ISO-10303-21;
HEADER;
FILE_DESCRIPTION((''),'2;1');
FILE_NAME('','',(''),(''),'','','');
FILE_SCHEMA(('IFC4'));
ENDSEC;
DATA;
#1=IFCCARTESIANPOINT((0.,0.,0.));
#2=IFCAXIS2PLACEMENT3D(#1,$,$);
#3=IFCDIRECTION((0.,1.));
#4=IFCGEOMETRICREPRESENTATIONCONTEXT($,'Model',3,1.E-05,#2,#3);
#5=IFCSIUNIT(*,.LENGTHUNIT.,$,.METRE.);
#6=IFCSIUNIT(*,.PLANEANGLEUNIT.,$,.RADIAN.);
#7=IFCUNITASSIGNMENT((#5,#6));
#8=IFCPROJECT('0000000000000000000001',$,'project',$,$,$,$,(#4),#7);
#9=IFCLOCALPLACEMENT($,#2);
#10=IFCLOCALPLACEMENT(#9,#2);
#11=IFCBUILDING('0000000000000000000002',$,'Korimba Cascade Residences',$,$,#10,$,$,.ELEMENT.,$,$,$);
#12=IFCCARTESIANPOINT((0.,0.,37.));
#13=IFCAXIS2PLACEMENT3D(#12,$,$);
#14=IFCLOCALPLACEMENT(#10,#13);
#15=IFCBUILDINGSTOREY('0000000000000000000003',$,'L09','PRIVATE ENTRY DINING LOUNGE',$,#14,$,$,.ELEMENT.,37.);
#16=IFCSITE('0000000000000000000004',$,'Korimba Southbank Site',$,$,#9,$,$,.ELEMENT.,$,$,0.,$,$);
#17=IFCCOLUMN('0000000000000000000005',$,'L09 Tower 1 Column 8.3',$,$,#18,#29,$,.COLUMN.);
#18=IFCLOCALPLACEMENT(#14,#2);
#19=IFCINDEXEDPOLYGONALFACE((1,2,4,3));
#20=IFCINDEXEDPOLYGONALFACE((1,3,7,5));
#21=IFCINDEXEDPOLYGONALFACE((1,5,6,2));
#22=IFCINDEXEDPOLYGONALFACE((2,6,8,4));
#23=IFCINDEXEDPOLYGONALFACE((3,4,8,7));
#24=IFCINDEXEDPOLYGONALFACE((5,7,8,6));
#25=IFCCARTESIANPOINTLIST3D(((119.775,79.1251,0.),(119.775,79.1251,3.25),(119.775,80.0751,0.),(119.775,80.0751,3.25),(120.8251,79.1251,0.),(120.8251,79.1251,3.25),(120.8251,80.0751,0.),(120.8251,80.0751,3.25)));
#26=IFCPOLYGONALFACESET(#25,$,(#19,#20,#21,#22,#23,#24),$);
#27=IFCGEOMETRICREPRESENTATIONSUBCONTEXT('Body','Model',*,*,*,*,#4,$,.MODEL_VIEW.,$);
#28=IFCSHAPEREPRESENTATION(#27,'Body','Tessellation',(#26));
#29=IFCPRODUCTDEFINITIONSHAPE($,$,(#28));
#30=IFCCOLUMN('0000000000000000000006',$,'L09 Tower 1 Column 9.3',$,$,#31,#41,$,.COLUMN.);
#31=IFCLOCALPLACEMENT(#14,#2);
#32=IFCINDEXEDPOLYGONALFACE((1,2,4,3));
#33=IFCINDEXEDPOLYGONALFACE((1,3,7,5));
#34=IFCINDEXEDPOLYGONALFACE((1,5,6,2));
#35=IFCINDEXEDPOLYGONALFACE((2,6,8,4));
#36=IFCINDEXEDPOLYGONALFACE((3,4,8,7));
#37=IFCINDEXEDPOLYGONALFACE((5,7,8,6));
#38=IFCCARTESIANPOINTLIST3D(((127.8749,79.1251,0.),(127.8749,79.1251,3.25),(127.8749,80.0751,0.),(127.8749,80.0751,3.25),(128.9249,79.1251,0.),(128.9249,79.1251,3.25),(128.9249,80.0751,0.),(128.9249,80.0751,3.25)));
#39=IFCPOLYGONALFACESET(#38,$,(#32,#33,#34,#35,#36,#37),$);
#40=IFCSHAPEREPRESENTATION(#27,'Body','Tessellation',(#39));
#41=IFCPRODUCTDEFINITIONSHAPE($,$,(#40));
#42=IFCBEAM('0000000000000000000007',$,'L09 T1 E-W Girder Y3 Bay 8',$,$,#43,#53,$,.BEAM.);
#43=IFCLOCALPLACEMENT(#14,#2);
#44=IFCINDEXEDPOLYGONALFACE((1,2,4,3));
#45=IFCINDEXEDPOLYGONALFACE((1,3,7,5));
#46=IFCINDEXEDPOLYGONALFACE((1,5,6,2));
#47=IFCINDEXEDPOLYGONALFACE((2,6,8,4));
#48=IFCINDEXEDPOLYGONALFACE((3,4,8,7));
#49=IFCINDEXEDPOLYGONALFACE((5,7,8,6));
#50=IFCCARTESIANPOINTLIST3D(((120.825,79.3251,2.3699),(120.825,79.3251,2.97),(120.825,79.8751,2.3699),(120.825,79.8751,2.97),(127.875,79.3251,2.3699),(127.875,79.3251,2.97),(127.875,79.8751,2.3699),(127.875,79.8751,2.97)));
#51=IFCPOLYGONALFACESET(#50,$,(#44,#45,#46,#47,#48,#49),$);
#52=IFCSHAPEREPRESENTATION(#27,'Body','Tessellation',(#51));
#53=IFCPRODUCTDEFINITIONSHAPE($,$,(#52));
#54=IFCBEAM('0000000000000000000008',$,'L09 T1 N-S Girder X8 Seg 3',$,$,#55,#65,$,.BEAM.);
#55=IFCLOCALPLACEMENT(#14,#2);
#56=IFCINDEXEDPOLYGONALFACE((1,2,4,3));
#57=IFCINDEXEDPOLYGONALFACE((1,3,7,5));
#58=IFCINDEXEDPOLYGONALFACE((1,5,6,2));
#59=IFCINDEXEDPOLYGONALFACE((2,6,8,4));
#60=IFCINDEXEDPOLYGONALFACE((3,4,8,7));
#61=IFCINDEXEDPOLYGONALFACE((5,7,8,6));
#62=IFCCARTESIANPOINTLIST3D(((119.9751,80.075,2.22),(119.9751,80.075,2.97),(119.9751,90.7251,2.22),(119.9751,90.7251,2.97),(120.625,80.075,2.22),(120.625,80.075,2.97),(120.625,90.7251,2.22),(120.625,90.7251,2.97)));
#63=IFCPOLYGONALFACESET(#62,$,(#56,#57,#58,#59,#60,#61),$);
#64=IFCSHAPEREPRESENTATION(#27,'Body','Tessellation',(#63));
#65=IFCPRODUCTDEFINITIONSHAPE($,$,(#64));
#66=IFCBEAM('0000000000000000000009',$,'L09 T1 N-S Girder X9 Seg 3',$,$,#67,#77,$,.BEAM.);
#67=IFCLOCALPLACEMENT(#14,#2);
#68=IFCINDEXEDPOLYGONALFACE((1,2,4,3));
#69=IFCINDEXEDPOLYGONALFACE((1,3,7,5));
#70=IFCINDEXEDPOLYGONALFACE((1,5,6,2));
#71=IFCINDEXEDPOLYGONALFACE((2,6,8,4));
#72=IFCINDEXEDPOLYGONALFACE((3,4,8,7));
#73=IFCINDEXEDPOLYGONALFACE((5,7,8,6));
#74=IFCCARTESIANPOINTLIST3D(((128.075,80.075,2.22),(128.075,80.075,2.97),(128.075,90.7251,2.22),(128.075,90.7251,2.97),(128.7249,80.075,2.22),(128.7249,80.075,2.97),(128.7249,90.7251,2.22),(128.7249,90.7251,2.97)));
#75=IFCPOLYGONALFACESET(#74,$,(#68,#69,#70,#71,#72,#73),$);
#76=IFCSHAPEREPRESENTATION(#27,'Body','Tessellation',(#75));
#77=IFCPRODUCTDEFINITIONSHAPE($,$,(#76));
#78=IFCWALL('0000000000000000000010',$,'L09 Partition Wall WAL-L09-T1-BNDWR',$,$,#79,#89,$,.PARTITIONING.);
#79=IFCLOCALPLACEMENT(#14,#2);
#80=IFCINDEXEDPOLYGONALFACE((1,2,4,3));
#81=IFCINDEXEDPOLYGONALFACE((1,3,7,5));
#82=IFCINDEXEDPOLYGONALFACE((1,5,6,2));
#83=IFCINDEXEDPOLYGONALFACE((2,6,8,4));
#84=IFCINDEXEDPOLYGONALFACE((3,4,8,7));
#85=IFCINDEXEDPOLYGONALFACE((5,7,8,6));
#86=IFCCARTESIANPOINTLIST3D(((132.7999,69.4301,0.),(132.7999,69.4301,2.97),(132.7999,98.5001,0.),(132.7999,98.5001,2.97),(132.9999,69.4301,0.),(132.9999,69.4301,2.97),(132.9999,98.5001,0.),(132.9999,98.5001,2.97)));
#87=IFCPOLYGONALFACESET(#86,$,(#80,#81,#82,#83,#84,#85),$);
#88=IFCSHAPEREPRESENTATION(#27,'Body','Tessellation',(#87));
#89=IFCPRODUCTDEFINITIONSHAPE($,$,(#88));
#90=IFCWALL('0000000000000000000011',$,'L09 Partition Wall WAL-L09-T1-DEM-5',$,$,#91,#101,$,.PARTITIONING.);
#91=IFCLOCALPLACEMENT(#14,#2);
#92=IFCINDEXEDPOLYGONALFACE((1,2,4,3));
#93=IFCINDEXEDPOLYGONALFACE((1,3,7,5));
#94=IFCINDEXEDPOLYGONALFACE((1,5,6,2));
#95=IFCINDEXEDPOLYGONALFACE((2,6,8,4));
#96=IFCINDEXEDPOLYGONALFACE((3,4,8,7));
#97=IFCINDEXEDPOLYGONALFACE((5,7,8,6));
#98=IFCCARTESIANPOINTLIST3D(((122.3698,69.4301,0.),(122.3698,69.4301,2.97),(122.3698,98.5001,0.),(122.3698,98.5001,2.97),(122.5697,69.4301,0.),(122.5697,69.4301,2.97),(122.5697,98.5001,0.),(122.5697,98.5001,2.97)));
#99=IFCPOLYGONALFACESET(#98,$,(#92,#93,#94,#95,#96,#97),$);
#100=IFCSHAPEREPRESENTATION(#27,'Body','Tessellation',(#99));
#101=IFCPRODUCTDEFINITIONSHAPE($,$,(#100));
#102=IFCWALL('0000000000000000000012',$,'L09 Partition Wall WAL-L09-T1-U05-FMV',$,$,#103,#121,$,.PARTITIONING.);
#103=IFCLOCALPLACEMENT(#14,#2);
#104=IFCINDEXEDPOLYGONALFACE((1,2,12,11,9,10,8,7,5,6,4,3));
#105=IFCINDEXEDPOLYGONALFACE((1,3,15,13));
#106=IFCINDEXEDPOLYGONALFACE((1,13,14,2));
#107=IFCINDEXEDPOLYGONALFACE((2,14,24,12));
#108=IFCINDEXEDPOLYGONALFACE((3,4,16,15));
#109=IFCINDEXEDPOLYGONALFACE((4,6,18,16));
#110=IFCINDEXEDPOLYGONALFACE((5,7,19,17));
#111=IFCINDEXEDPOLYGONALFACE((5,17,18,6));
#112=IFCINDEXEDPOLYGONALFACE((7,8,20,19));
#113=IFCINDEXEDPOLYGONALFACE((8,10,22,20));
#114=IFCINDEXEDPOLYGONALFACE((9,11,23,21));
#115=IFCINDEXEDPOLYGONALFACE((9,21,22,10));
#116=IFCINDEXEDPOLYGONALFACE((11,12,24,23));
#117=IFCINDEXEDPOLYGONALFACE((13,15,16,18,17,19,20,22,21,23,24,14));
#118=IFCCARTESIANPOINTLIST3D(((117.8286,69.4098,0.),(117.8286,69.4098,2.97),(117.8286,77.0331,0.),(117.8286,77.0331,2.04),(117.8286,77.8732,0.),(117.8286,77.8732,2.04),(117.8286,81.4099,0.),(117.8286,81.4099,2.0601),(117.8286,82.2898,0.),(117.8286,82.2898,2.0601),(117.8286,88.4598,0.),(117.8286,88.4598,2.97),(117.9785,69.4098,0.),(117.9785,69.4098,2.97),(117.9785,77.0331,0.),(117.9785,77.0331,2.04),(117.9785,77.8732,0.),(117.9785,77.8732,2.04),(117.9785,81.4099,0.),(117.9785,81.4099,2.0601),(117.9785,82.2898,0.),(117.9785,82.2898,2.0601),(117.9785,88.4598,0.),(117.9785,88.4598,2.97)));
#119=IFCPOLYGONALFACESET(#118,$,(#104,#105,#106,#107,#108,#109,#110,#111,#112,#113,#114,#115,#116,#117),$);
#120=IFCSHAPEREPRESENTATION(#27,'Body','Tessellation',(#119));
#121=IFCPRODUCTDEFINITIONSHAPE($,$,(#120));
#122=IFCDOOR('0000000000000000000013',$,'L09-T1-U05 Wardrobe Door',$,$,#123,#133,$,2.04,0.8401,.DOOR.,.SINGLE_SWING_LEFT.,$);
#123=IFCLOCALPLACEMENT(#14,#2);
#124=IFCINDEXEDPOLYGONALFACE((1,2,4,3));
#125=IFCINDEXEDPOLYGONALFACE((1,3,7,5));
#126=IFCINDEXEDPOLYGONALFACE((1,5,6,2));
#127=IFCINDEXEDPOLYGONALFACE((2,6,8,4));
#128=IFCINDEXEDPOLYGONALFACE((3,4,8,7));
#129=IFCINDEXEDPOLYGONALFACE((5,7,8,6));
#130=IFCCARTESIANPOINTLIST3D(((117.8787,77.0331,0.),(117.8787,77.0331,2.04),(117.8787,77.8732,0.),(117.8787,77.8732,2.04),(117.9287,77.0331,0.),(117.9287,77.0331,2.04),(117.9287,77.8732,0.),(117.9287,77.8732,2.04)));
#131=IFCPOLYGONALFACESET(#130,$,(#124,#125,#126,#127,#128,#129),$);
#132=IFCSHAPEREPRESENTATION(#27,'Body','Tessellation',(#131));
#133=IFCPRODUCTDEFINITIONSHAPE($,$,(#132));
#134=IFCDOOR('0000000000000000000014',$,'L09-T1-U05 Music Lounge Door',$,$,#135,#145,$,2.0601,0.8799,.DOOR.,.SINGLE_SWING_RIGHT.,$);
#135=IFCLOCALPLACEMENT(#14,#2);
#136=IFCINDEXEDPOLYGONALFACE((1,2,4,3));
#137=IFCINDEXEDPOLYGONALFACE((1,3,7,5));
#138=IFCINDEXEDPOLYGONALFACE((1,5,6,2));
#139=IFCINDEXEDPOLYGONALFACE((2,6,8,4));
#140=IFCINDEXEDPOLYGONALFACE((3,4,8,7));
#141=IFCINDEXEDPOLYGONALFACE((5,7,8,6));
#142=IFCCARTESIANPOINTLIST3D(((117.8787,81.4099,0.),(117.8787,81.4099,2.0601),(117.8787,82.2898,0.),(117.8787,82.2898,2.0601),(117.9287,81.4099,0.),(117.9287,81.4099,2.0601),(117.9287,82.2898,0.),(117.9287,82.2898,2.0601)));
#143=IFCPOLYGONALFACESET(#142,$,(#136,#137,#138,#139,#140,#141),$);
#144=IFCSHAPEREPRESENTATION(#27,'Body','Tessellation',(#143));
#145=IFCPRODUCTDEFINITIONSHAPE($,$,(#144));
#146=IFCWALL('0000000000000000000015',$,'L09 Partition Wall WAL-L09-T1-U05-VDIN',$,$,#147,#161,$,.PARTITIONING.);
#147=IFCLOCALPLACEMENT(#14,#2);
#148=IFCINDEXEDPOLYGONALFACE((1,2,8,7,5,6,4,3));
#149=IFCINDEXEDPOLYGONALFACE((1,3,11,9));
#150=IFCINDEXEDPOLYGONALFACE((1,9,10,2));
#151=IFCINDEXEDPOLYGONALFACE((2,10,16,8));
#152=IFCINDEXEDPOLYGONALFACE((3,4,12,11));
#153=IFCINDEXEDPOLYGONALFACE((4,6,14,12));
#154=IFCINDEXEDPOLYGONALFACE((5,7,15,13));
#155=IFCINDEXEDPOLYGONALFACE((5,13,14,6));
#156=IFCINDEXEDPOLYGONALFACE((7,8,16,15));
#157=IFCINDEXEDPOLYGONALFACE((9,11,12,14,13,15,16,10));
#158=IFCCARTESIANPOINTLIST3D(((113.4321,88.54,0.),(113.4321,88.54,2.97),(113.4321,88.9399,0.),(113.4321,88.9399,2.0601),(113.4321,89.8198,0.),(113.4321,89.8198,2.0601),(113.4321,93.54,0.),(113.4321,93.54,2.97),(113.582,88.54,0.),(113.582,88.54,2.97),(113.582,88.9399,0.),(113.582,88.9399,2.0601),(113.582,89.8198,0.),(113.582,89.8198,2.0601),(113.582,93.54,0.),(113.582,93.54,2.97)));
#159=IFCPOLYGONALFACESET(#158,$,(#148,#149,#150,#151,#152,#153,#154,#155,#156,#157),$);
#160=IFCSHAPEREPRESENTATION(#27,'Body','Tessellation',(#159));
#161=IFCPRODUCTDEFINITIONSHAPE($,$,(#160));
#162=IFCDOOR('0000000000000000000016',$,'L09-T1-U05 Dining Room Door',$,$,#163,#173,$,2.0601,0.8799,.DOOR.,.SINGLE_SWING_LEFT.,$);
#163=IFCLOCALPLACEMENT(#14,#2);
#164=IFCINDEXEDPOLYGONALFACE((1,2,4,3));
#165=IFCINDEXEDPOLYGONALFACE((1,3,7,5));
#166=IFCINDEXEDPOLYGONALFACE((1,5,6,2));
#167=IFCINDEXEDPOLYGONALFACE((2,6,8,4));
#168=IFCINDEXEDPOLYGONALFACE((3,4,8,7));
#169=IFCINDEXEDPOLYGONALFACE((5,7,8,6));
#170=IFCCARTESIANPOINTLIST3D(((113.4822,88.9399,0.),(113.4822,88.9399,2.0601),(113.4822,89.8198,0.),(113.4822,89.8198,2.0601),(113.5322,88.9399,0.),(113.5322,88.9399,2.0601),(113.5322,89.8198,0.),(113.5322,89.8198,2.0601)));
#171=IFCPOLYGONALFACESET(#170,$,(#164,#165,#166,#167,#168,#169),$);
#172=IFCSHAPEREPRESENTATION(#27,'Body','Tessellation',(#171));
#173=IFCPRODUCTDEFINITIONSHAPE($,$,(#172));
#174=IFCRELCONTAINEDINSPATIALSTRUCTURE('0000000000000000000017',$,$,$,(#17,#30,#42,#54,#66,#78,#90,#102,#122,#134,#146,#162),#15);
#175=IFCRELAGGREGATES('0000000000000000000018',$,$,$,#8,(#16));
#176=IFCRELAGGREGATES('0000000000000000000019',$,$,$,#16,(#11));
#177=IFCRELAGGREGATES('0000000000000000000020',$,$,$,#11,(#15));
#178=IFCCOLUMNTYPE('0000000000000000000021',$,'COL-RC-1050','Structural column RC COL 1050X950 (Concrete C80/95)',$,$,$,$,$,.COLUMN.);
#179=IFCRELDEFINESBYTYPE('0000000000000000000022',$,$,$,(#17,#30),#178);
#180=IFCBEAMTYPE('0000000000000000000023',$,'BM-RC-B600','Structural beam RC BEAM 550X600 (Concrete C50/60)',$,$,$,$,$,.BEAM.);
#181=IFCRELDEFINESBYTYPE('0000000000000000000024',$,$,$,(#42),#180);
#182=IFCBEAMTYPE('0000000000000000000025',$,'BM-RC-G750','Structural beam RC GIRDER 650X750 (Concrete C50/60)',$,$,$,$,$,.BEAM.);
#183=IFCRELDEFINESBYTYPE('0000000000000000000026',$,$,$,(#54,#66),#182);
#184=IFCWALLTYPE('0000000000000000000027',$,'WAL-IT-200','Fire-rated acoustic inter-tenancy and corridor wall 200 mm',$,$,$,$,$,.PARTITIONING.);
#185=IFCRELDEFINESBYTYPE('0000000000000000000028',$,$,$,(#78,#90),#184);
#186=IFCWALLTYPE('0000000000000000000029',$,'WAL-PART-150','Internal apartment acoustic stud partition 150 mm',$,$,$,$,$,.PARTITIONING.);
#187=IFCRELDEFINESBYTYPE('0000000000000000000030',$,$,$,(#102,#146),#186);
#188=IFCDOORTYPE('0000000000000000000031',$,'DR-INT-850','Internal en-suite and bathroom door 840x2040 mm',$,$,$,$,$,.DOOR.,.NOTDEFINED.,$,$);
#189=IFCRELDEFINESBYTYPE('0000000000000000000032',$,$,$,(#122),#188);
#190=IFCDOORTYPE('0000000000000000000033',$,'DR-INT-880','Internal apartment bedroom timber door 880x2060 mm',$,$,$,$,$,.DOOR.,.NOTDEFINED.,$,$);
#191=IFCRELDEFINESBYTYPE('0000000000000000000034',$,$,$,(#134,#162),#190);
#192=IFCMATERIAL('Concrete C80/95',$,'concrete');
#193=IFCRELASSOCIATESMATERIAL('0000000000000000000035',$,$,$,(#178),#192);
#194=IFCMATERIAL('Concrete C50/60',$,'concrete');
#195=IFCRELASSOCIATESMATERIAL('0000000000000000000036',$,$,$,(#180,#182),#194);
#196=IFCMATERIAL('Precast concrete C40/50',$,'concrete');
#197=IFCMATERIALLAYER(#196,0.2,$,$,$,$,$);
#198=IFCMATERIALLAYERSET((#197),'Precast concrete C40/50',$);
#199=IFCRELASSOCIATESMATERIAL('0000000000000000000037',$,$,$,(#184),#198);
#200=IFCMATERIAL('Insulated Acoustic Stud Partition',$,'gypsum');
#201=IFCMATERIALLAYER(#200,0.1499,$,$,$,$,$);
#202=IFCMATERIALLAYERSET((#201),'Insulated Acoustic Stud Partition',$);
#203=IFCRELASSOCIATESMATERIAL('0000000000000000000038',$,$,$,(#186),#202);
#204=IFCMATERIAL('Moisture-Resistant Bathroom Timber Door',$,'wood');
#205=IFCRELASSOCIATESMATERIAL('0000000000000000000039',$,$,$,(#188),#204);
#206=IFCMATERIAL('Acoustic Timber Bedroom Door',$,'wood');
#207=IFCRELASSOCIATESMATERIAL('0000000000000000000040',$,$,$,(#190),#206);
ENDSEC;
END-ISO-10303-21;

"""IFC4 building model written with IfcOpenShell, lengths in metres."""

from ifc_helpers import new_model, si_unit, direction, frame, frame_2d, origin, origin_2d, place, context, subcontext, project, spatial, rectangle, extrude, material, layer, layer_set, material_profile, profile_set, type_object, element, fill, save


model = new_model("IFC4")

# Units and contexts
model_context = context("Model", 3, precision=1e-05, world=origin(), true_north=direction((0.0, 1.0)))
body_context = subcontext(model_context, "Body", "Model", "MODEL_VIEW")
ifc_project = project(units=[si_unit("LENGTHUNIT", "METRE"), si_unit("PLANEANGLEUNIT", "RADIAN")], contexts=[model_context])

# Site, building, storey
site_placement = place(None, origin())
site = spatial("IfcSite", under=ifc_project, at=site_placement, Name="Korimba Southbank Site", CompositionType="ELEMENT", RefElevation=0.0)
building_placement = place(site_placement, origin())
building = spatial("IfcBuilding", under=site, at=building_placement, Name="Korimba Cascade Residences", CompositionType="ELEMENT")
storey_placement = place(building_placement, frame((0.0, 0.0, 37.0)))
storey = spatial("IfcBuildingStorey", under=building, at=storey_placement, Name="L09", Description="PRIVATE ENTRY DINING LOUNGE", CompositionType="ELEMENT", Elevation=37.0)

# Columns
ifc_material_1 = material(Name="Concrete C80/95", Category="concrete")
ifc_material_profile_1 = material_profile(ifc_material_1, rectangle(XDim=1.05, YDim=0.95, at=origin_2d()), Name="Concrete C80/95")
ifc_profile_set_1 = profile_set([ifc_material_profile_1], Name="Concrete C80/95")
column_type = type_object("IfcColumnType", Name="COL-RC-1050", Description="Structural column RC COL 1050X950 (Concrete C80/95)", PredefinedType="COLUMN", material=ifc_profile_set_1)
for number, where, z_axis, x_axis, name in (
    (1, (120.3, 79.6001, 0.0), (0.0, 0.0, 1.0), (1.0, 0.0, 0.0), "L09 Tower 1 Column 8.3"),
    (2, (128.3999, 79.6001, 0.0), (0.0, 0.0, 1.0), (1.0, 0.0, 0.0), "L09 Tower 1 Column 9.3"),
):
    element("IfcColumn", number, at=place(storey_placement, frame(where, z_axis=z_axis, x_axis=x_axis)), inside=storey, type_object=column_type, Name=name, PredefinedType="COLUMN", context=body_context, shape_type="SweptSolid", body=[
        extrude(rectangle(XDim=1.05, YDim=0.95, at=origin_2d()), origin(), (0.0, 0.0, 1.0), 3.25),
    ])

# Beams
ifc_material_2 = material(Name="Concrete C50/60", Category="concrete")
ifc_material_profile_2 = material_profile(ifc_material_2, rectangle(XDim=0.55, YDim=0.6001, at=origin_2d()), Name="Concrete C50/60")
ifc_profile_set_2 = profile_set([ifc_material_profile_2], Name="Concrete C50/60")
beam_type_1 = type_object("IfcBeamType", Name="BM-RC-B600", Description="Structural beam RC BEAM 550X600 (Concrete C50/60)", PredefinedType="BEAM", material=ifc_profile_set_2)
beam_placement = place(storey_placement, frame((120.825, 79.6001, 2.6699), z_axis=(1.0, 0.0, 0.0), x_axis=(0.0, 1.0, 0.0)))
element("IfcBeam", 3, at=beam_placement, inside=storey, type_object=beam_type_1, Name="L09 T1 E-W Girder Y3 Bay 8", PredefinedType="BEAM", context=body_context, shape_type="SweptSolid", body=[
    extrude(rectangle(XDim=0.55, YDim=0.6001, at=origin_2d()), origin(), (0.0, 0.0, 1.0), 7.05),
])
ifc_material_profile_3 = material_profile(ifc_material_2, rectangle(XDim=0.6499, YDim=0.75, at=origin_2d()), Name="Concrete C50/60")
ifc_profile_set_3 = profile_set([ifc_material_profile_3], Name="Concrete C50/60")
beam_type_2 = type_object("IfcBeamType", Name="BM-RC-G750", Description="Structural beam RC GIRDER 650X750 (Concrete C50/60)", PredefinedType="BEAM", material=ifc_profile_set_3)
for number, where, z_axis, x_axis, name in (
    (4, (120.3, 80.075, 2.595), (0.0, 1.0, 0.0), (-1.0, 0.0, 0.0), "L09 T1 N-S Girder X8 Seg 3"),
    (5, (128.3999, 80.075, 2.595), (0.0, 1.0, 0.0), (-1.0, 0.0, 0.0), "L09 T1 N-S Girder X9 Seg 3"),
):
    element("IfcBeam", number, at=place(storey_placement, frame(where, z_axis=z_axis, x_axis=x_axis)), inside=storey, type_object=beam_type_2, Name=name, PredefinedType="BEAM", context=body_context, shape_type="SweptSolid", body=[
        extrude(rectangle(XDim=0.6499, YDim=0.75, at=origin_2d()), origin(), (0.0, 0.0, 1.0), 10.6501),
    ])

# Walls
ifc_material_3 = material(Name="Precast concrete C40/50", Category="concrete")
ifc_layer_1 = layer(ifc_material_3, 0.2)
ifc_layer_set_1 = layer_set([ifc_layer_1], Name="Precast concrete C40/50")
wall_type_1 = type_object("IfcWallType", Name="WAL-IT-200", Description="Fire-rated acoustic inter-tenancy and corridor wall 200 mm", PredefinedType="PARTITIONING", material=ifc_layer_set_1)
for number, where, z_axis, x_axis, name in (
    (6, (132.8999, 69.4299, 0.0), (0.0, 0.0, 1.0), (0.0, 1.0, 0.0), "L09 Partition Wall WAL-L09-T1-BNDWR"),
    (7, (122.4697, 69.4299, 0.0), (0.0, 0.0, 1.0), (0.0, 1.0, 0.0), "L09 Partition Wall WAL-L09-T1-DEM-5"),
):
    element("IfcWall", number, at=place(storey_placement, frame(where, z_axis=z_axis, x_axis=x_axis)), inside=storey, type_object=wall_type_1, Name=name, PredefinedType="PARTITIONING", context=body_context, shape_type="SweptSolid", body=[
        extrude(rectangle(XDim=29.0701, YDim=0.2, at=frame_2d((14.5352, 0.0))), origin(), (0.0, 0.0, 1.0), 2.97),
    ])

# Wall, openings, doors
ifc_material_4 = material(Name="Insulated Acoustic Stud Partition", Category="gypsum")
ifc_layer_2 = layer(ifc_material_4, 0.1499)
ifc_layer_set_2 = layer_set([ifc_layer_2], Name="Insulated Acoustic Stud Partition")
wall_type_2 = type_object("IfcWallType", Name="WAL-PART-150", Description="Internal apartment acoustic stud partition 150 mm", PredefinedType="PARTITIONING", material=ifc_layer_set_2)
wall_1_placement = place(storey_placement, frame((117.9036, 69.4099, 0.0), z_axis=(0.0, 0.0, 1.0), x_axis=(0.0, 1.0, 0.0)))
wall_1 = element("IfcWall", 8, at=wall_1_placement, inside=storey, type_object=wall_type_2, Name="L09 Partition Wall WAL-L09-T1-U05-FMV", PredefinedType="PARTITIONING", context=body_context, shape_type="SweptSolid", body=[
    extrude(rectangle(XDim=19.05, YDim=0.1499, at=frame_2d((9.5249, 0.0))), origin(), (0.0, 0.0, 1.0), 2.97),
])
opening_1_placement = place(wall_1_placement, frame((7.6233, 0.0, 0.0)))
opening_1 = element("IfcOpeningElement", 9, at=opening_1_placement, cuts=wall_1, PredefinedType="OPENING", context=body_context, shape_type="SweptSolid", body=[
    extrude(rectangle(XDim=0.8401, YDim=2.04, at=frame_2d((0.4199, 1.02))), frame((0.0, 0.085, 0.0), z_axis=(0.0, -1.0, 0.0), x_axis=(1.0, 0.0, 0.0)), (0.0, 0.0, 1.0), 0.1699),
])
opening_2_placement = place(wall_1_placement, frame((12.0, 0.0, 0.0)))
opening_2 = element("IfcOpeningElement", 10, at=opening_2_placement, cuts=wall_1, PredefinedType="OPENING", context=body_context, shape_type="SweptSolid", body=[
    extrude(rectangle(XDim=0.8799, YDim=2.0601, at=frame_2d((0.4399, 1.03))), frame((0.0, 0.085, 0.0), z_axis=(0.0, -1.0, 0.0), x_axis=(1.0, 0.0, 0.0)), (0.0, 0.0, 1.0), 0.1699),
])
ifc_material_5 = material(Name="Moisture-Resistant Bathroom Timber Door", Category="wood")
door_type_1 = type_object("IfcDoorType", Name="DR-INT-850", Description="Internal en-suite and bathroom door 840x2040 mm", OperationType="NOTDEFINED", PredefinedType="DOOR", material=ifc_material_5)
door_1_placement = place(opening_1_placement, origin())
door_1 = element("IfcDoor", 11, at=door_1_placement, inside=storey, type_object=door_type_1, Name="L09-T1-U05 Wardrobe Door", OperationType="SINGLE_SWING_LEFT", OverallHeight=2.04, OverallWidth=0.8401, PredefinedType="DOOR", context=body_context, shape_type="SweptSolid", body=[
    extrude(rectangle(XDim=0.8401, YDim=2.04, at=frame_2d((0.4199, 1.02))), frame((0.0, 0.0249, 0.0), z_axis=(0.0, -1.0, 0.0), x_axis=(1.0, 0.0, 0.0)), (0.0, 0.0, 1.0), 0.05),
])
fill(opening_1, door_1)
ifc_material_6 = material(Name="Acoustic Timber Bedroom Door", Category="wood")
door_type_2 = type_object("IfcDoorType", Name="DR-INT-880", Description="Internal apartment bedroom timber door 880x2060 mm", OperationType="NOTDEFINED", PredefinedType="DOOR", material=ifc_material_6)
door_2_placement = place(opening_2_placement, origin())
door_2 = element("IfcDoor", 12, at=door_2_placement, inside=storey, type_object=door_type_2, Name="L09-T1-U05 Music Lounge Door", OperationType="SINGLE_SWING_RIGHT", OverallHeight=2.0601, OverallWidth=0.8799, PredefinedType="DOOR", context=body_context, shape_type="SweptSolid", body=[
    extrude(rectangle(XDim=0.8799, YDim=2.0601, at=frame_2d((0.4399, 1.03))), frame((0.0, 0.0249, 0.0), z_axis=(0.0, -1.0, 0.0), x_axis=(1.0, 0.0, 0.0)), (0.0, 0.0, 1.0), 0.05),
])
fill(opening_2, door_2)

# Wall, opening, door
wall_2_placement = place(storey_placement, frame((113.5071, 88.54, 0.0), z_axis=(0.0, 0.0, 1.0), x_axis=(0.0, 1.0, 0.0)))
wall_2 = element("IfcWall", 13, at=wall_2_placement, inside=storey, type_object=wall_type_2, Name="L09 Partition Wall WAL-L09-T1-U05-VDIN", PredefinedType="PARTITIONING", context=body_context, shape_type="SweptSolid", body=[
    extrude(rectangle(XDim=5.0, YDim=0.1499, at=frame_2d((2.5, 0.0))), origin(), (0.0, 0.0, 1.0), 2.97),
])
opening_3_placement = place(wall_2_placement, frame((0.3999, 0.0, 0.0)))
opening_3 = element("IfcOpeningElement", 14, at=opening_3_placement, cuts=wall_2, PredefinedType="OPENING", context=body_context, shape_type="SweptSolid", body=[
    extrude(rectangle(XDim=0.8799, YDim=2.0601, at=frame_2d((0.4399, 1.03))), frame((0.0, 0.085, 0.0), z_axis=(0.0, -1.0, 0.0), x_axis=(1.0, 0.0, 0.0)), (0.0, 0.0, 1.0), 0.1699),
])
door_3_placement = place(opening_3_placement, origin())
door_3 = element("IfcDoor", 15, at=door_3_placement, inside=storey, type_object=door_type_2, Name="L09-T1-U05 Dining Room Door", OperationType="SINGLE_SWING_LEFT", OverallHeight=2.0601, OverallWidth=0.8799, PredefinedType="DOOR", context=body_context, shape_type="SweptSolid", body=[
    extrude(rectangle(XDim=0.8799, YDim=2.0601, at=frame_2d((0.4399, 1.03))), frame((0.0, 0.0249, 0.0), z_axis=(0.0, -1.0, 0.0), x_axis=(1.0, 0.0, 0.0)), (0.0, 0.0, 1.0), 0.05),
])
fill(opening_3, door_3)

save(model, "model.ifc")
